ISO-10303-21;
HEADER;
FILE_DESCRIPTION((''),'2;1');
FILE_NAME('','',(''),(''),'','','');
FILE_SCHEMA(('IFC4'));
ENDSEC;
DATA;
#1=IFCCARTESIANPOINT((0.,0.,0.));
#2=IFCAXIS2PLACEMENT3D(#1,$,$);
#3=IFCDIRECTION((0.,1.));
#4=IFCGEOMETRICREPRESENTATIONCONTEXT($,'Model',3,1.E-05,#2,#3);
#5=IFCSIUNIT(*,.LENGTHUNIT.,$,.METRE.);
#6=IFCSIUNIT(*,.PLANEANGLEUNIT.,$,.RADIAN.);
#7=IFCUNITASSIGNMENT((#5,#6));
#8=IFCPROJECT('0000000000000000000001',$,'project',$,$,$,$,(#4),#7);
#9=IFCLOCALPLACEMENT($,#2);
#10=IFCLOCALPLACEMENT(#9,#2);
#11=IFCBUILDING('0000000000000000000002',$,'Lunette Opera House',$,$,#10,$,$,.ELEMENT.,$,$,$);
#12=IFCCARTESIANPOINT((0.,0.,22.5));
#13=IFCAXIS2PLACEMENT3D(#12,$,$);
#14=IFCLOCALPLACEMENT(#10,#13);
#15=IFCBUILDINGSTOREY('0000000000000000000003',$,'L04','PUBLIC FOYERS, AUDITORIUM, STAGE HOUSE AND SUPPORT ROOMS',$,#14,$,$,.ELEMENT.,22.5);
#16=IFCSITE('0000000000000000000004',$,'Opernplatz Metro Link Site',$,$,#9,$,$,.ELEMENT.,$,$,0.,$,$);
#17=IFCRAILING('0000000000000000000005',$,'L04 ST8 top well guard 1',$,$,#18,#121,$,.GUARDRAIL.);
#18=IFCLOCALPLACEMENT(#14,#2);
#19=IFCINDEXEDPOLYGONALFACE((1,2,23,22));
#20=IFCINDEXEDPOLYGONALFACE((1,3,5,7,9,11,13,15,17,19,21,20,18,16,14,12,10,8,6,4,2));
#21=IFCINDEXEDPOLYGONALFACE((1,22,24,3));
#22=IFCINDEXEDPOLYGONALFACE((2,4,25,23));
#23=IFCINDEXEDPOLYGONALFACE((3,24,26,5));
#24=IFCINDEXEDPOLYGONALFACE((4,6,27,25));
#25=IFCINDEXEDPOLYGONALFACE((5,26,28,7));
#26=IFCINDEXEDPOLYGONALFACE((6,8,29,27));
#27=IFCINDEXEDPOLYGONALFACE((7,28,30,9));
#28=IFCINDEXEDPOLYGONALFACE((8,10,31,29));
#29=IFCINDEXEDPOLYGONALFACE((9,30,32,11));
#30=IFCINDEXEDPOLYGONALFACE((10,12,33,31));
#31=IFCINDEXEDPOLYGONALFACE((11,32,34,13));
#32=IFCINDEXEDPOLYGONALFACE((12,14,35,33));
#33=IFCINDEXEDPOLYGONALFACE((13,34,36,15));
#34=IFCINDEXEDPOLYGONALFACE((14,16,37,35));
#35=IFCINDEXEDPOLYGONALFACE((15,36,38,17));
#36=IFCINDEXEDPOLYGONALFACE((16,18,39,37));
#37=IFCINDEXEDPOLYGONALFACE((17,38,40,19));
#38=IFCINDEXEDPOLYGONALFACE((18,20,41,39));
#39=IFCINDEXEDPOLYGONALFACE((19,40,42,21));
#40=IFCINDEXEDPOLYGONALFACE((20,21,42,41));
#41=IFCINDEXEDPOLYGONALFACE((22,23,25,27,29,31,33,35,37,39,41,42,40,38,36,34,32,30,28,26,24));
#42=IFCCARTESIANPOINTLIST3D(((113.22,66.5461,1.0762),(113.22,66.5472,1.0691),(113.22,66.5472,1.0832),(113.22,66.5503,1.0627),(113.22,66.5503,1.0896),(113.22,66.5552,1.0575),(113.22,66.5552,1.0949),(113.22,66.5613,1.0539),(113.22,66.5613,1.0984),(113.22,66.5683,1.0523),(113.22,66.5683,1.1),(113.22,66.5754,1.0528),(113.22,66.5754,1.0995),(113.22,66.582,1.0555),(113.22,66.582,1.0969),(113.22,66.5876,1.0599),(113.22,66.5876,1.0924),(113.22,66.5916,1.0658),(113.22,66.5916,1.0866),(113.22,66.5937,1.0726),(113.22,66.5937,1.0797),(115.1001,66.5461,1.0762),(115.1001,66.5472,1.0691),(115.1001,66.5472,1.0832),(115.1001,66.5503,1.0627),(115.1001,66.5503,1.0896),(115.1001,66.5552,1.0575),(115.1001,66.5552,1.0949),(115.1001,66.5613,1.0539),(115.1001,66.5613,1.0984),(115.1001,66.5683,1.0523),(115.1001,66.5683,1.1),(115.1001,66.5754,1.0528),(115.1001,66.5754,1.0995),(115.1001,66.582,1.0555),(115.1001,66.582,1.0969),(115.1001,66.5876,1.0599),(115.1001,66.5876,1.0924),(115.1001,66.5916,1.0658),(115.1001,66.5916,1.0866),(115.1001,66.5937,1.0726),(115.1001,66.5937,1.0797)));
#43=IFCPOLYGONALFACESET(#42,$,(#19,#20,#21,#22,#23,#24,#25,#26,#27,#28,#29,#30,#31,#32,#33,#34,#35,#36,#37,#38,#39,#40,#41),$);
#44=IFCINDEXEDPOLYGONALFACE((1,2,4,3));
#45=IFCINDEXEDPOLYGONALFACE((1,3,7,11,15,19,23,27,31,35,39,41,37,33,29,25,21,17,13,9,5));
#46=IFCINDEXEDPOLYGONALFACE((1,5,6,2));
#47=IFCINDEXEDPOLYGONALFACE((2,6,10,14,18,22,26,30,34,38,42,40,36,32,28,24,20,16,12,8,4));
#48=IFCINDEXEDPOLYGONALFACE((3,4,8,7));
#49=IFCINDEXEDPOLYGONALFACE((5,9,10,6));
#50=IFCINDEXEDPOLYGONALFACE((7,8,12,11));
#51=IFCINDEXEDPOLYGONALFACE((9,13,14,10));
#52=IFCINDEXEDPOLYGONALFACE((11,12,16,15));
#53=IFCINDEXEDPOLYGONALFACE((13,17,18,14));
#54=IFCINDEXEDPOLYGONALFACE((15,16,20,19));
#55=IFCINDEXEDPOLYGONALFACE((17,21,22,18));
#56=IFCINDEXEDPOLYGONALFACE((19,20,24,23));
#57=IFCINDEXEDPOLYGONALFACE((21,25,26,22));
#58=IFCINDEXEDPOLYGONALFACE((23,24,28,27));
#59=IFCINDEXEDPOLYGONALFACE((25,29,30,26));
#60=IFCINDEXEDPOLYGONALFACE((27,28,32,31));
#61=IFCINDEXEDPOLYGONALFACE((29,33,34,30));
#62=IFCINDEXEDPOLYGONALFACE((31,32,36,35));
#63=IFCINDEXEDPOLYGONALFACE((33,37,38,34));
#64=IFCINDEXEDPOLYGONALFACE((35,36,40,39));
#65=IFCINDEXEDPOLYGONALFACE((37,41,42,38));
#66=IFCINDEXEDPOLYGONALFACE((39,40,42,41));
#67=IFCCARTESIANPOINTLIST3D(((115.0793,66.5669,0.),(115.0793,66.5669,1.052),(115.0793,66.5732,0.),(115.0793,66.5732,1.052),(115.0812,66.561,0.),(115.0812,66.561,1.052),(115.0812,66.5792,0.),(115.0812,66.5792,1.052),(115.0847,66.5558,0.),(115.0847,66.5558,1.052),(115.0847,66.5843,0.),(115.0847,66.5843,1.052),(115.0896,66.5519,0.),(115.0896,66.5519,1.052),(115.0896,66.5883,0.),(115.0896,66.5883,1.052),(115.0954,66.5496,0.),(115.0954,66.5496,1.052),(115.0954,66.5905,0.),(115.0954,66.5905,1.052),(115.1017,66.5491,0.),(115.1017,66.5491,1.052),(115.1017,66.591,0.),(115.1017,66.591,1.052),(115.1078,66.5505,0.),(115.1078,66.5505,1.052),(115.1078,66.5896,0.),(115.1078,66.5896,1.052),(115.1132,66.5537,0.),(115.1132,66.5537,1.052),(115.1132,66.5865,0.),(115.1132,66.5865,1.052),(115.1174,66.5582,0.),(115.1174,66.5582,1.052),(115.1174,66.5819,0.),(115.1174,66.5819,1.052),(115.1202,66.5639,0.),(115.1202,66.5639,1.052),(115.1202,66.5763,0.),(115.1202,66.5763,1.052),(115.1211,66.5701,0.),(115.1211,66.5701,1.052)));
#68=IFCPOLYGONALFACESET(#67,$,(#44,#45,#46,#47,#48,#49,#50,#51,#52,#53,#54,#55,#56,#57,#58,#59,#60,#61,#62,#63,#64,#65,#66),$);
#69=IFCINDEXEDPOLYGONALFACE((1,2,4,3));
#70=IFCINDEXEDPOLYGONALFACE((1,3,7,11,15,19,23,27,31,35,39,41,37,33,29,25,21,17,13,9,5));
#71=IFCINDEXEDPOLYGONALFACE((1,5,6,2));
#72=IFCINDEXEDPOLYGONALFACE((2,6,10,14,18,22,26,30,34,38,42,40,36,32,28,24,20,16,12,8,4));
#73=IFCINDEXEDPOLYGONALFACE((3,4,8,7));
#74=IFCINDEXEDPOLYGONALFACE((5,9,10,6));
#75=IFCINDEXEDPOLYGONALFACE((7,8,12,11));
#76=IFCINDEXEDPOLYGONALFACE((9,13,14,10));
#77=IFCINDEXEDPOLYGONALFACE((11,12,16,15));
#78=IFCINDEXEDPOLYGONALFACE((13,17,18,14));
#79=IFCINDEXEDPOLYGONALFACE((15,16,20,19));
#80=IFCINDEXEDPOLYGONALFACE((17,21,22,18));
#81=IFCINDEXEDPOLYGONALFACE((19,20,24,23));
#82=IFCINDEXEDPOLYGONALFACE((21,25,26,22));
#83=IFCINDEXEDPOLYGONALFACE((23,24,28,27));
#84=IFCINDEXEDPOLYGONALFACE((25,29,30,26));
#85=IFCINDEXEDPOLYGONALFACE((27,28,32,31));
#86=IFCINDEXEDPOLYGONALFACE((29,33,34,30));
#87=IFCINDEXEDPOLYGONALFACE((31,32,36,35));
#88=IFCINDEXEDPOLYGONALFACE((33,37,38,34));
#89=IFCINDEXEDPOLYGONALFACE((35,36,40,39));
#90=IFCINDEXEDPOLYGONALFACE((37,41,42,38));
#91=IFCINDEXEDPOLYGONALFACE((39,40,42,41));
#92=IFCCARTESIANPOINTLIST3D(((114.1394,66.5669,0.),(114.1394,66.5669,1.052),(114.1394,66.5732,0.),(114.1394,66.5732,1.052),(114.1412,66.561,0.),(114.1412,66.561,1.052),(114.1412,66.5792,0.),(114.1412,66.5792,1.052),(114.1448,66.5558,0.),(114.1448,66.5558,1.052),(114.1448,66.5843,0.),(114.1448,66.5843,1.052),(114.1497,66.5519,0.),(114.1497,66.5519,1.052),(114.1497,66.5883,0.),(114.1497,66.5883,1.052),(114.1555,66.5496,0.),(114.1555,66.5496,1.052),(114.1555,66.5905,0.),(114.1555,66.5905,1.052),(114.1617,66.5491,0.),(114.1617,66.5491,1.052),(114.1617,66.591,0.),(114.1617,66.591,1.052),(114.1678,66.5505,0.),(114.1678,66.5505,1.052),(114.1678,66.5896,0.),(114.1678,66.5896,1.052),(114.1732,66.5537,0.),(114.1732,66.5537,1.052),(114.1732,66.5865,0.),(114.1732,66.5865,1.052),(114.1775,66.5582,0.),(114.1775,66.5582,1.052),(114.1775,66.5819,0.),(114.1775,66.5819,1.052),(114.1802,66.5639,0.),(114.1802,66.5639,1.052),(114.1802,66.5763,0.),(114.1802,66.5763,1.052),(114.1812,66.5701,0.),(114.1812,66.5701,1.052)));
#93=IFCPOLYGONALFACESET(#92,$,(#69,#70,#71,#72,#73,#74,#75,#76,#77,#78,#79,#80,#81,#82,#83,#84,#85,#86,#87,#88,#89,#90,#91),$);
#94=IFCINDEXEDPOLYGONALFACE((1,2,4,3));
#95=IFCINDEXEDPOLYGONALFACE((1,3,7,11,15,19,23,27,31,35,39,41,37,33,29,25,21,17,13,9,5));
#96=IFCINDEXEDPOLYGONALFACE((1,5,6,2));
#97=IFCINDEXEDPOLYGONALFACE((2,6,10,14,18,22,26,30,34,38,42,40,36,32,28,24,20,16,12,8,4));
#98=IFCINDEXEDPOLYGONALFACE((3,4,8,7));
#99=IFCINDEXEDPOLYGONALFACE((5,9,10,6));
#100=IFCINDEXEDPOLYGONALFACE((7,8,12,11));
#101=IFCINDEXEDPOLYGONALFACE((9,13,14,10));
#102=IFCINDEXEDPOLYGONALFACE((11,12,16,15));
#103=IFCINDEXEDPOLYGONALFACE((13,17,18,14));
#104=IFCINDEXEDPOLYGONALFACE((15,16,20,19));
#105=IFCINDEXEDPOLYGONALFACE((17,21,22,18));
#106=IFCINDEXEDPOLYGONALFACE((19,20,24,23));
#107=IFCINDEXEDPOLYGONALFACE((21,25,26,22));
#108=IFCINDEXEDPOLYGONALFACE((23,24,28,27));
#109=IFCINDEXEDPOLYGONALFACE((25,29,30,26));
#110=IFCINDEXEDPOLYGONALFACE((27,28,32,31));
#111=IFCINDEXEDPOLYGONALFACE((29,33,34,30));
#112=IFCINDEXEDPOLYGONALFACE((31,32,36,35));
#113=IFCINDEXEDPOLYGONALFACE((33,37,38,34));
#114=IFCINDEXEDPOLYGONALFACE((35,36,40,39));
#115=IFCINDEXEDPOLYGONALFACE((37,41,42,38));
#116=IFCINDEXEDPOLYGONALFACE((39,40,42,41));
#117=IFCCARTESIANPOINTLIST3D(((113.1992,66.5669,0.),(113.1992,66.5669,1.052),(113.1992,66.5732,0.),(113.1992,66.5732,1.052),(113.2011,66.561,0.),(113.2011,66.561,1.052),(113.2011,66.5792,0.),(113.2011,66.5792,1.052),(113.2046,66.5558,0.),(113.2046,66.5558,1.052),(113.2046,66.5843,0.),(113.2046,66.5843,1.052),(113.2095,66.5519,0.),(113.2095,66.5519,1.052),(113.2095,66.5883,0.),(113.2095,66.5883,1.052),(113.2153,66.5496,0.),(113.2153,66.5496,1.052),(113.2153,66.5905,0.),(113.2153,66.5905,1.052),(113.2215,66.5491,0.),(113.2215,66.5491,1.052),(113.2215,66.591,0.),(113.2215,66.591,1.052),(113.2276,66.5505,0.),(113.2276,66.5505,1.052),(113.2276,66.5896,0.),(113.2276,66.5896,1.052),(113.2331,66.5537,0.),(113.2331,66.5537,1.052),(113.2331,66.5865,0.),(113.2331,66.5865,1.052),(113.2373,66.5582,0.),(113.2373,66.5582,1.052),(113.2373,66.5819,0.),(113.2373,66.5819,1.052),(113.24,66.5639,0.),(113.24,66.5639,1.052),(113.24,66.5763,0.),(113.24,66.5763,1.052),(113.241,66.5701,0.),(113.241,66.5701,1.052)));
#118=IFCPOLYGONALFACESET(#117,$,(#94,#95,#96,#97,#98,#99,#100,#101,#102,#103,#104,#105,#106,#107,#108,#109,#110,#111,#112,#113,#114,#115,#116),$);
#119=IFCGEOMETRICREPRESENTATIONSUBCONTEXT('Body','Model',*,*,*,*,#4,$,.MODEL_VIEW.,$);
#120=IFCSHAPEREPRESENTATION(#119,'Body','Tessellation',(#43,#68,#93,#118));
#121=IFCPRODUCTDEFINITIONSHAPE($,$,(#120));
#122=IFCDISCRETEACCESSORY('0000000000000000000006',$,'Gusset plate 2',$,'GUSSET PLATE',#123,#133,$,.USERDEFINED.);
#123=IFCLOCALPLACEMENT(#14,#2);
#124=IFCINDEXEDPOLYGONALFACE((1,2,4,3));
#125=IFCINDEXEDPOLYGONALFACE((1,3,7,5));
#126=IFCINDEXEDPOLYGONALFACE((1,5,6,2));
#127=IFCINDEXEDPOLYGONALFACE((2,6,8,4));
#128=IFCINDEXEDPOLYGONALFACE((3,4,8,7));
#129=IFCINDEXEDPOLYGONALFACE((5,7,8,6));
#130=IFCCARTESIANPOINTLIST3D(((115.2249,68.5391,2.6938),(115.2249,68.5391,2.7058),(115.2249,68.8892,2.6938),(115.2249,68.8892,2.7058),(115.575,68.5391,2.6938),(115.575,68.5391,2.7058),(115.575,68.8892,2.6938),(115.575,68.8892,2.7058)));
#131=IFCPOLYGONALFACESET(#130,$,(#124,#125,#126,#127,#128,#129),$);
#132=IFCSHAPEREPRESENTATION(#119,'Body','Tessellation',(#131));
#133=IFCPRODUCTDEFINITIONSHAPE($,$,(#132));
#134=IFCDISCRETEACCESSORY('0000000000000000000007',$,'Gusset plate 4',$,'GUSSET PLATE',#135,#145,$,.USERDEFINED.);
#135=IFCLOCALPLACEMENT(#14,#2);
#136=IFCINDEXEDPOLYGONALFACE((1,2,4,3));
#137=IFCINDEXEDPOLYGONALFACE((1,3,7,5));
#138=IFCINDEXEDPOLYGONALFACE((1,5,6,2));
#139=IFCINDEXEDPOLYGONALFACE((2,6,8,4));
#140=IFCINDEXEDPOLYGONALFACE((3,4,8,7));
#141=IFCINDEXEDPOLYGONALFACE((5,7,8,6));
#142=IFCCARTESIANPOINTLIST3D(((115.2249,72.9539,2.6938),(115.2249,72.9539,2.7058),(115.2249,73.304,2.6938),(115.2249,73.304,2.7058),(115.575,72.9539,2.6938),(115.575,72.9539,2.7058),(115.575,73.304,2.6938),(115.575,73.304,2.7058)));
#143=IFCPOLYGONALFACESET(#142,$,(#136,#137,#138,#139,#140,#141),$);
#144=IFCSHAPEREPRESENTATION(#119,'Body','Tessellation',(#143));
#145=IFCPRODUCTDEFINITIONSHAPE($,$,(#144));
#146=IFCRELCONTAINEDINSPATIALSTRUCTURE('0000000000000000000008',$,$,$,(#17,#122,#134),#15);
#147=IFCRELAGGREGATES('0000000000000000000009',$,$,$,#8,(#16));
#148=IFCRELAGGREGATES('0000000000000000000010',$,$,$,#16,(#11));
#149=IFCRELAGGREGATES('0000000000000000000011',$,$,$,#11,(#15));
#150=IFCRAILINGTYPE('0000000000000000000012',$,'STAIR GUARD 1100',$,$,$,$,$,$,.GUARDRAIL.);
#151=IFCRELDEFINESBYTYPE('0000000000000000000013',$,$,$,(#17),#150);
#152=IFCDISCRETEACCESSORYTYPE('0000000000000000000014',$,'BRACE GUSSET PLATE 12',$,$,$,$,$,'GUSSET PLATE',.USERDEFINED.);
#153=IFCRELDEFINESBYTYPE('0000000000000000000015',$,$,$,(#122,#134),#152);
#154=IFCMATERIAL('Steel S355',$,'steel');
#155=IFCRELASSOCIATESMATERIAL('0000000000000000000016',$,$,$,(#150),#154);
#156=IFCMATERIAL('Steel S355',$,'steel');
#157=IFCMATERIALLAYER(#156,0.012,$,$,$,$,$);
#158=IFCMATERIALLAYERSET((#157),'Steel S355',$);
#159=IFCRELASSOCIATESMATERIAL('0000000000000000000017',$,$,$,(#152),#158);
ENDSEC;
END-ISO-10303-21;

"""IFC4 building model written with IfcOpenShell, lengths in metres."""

from ifc_helpers import new_model, si_unit, direction, frame, origin, origin_2d, place, context, subcontext, project, spatial, rectangle, circle, extrude, material, layer, layer_set, type_object, element, save


model = new_model("IFC4")

# Units and contexts
model_context = context("Model", 3, precision=1e-05, world=origin(), true_north=direction((0.0, 1.0)))
body_context = subcontext(model_context, "Body", "Model", "MODEL_VIEW")
ifc_project = project(units=[si_unit("LENGTHUNIT", "METRE"), si_unit("PLANEANGLEUNIT", "RADIAN")], contexts=[model_context])

# Site, building, storey
site_placement = place(None, origin())
site = spatial("IfcSite", under=ifc_project, at=site_placement, Name="Opernplatz Metro Link Site", CompositionType="ELEMENT", RefElevation=0.0)
building_placement = place(site_placement, origin())
building = spatial("IfcBuilding", under=site, at=building_placement, Name="Lunette Opera House", CompositionType="ELEMENT")
storey_placement = place(building_placement, frame((0.0, 0.0, 22.5)))
storey = spatial("IfcBuildingStorey", under=building, at=storey_placement, Name="L04", Description="PUBLIC FOYERS, AUDITORIUM, STAGE HOUSE AND SUPPORT ROOMS", CompositionType="ELEMENT", Elevation=22.5)

# Railing
ifc_material_1 = material(Name="Steel S355", Category="steel")
railing_type = type_object("IfcRailingType", Name="STAIR GUARD 1100", PredefinedType="GUARDRAIL", material=ifc_material_1)
railing_placement = place(storey_placement, frame((115.1001, 66.5701, 0.0)))
element("IfcRailing", 1, at=railing_placement, inside=storey, type_object=railing_type, Name="L04 ST8 top well guard 1", PredefinedType="GUARDRAIL", context=body_context, shape_type="SweptSolid", body=[
    extrude(circle(Radius=0.0239, at=origin_2d()), frame((0.0, 0.0, 1.0762), z_axis=(-1.0, 0.0, 0.0), x_axis=(0.0, -1.0, 0.0)), (0.0, 0.0, 1.0), 1.8801),
    extrude(circle(Radius=0.021, at=origin_2d()), origin(), (0.0, 0.0, 1.0), 1.052),
    extrude(circle(Radius=0.021, at=origin_2d()), frame((-0.9399, 0.0, 0.0)), (0.0, 0.0, 1.0), 1.052),
    extrude(circle(Radius=0.021, at=origin_2d()), frame((-1.8801, 0.0, 0.0)), (0.0, 0.0, 1.0), 1.052),
])

# Discrete accessories
ifc_material_2 = material(Name="Steel S355", Category="steel")
ifc_layer_1 = layer(ifc_material_2, 0.012)
ifc_layer_set_1 = layer_set([ifc_layer_1], Name="Steel S355")
discrete_accessory_type = type_object("IfcDiscreteAccessoryType", Name="BRACE GUSSET PLATE 12", ElementType="GUSSET PLATE", PredefinedType="USERDEFINED", material=ifc_layer_set_1)
for number, where, z_axis, x_axis, name in (
    (2, (115.3999, 68.7141, 2.6938), (0.0, 0.0, 1.0), (1.0, 0.0, 0.0), "Gusset plate 2"),
    (3, (115.3999, 73.1289, 2.6938), (0.0, 0.0, 1.0), (1.0, 0.0, 0.0), "Gusset plate 4"),
):
    element("IfcDiscreteAccessory", number, at=place(storey_placement, frame(where, z_axis=z_axis, x_axis=x_axis)), inside=storey, type_object=discrete_accessory_type, Name=name, ObjectType="GUSSET PLATE", PredefinedType="USERDEFINED", context=body_context, shape_type="SweptSolid", body=[
        extrude(rectangle(XDim=0.3501, YDim=0.3501, at=origin_2d()), origin(), (0.0, 0.0, 1.0), 0.012),
    ])

save(model, "model.ifc")
